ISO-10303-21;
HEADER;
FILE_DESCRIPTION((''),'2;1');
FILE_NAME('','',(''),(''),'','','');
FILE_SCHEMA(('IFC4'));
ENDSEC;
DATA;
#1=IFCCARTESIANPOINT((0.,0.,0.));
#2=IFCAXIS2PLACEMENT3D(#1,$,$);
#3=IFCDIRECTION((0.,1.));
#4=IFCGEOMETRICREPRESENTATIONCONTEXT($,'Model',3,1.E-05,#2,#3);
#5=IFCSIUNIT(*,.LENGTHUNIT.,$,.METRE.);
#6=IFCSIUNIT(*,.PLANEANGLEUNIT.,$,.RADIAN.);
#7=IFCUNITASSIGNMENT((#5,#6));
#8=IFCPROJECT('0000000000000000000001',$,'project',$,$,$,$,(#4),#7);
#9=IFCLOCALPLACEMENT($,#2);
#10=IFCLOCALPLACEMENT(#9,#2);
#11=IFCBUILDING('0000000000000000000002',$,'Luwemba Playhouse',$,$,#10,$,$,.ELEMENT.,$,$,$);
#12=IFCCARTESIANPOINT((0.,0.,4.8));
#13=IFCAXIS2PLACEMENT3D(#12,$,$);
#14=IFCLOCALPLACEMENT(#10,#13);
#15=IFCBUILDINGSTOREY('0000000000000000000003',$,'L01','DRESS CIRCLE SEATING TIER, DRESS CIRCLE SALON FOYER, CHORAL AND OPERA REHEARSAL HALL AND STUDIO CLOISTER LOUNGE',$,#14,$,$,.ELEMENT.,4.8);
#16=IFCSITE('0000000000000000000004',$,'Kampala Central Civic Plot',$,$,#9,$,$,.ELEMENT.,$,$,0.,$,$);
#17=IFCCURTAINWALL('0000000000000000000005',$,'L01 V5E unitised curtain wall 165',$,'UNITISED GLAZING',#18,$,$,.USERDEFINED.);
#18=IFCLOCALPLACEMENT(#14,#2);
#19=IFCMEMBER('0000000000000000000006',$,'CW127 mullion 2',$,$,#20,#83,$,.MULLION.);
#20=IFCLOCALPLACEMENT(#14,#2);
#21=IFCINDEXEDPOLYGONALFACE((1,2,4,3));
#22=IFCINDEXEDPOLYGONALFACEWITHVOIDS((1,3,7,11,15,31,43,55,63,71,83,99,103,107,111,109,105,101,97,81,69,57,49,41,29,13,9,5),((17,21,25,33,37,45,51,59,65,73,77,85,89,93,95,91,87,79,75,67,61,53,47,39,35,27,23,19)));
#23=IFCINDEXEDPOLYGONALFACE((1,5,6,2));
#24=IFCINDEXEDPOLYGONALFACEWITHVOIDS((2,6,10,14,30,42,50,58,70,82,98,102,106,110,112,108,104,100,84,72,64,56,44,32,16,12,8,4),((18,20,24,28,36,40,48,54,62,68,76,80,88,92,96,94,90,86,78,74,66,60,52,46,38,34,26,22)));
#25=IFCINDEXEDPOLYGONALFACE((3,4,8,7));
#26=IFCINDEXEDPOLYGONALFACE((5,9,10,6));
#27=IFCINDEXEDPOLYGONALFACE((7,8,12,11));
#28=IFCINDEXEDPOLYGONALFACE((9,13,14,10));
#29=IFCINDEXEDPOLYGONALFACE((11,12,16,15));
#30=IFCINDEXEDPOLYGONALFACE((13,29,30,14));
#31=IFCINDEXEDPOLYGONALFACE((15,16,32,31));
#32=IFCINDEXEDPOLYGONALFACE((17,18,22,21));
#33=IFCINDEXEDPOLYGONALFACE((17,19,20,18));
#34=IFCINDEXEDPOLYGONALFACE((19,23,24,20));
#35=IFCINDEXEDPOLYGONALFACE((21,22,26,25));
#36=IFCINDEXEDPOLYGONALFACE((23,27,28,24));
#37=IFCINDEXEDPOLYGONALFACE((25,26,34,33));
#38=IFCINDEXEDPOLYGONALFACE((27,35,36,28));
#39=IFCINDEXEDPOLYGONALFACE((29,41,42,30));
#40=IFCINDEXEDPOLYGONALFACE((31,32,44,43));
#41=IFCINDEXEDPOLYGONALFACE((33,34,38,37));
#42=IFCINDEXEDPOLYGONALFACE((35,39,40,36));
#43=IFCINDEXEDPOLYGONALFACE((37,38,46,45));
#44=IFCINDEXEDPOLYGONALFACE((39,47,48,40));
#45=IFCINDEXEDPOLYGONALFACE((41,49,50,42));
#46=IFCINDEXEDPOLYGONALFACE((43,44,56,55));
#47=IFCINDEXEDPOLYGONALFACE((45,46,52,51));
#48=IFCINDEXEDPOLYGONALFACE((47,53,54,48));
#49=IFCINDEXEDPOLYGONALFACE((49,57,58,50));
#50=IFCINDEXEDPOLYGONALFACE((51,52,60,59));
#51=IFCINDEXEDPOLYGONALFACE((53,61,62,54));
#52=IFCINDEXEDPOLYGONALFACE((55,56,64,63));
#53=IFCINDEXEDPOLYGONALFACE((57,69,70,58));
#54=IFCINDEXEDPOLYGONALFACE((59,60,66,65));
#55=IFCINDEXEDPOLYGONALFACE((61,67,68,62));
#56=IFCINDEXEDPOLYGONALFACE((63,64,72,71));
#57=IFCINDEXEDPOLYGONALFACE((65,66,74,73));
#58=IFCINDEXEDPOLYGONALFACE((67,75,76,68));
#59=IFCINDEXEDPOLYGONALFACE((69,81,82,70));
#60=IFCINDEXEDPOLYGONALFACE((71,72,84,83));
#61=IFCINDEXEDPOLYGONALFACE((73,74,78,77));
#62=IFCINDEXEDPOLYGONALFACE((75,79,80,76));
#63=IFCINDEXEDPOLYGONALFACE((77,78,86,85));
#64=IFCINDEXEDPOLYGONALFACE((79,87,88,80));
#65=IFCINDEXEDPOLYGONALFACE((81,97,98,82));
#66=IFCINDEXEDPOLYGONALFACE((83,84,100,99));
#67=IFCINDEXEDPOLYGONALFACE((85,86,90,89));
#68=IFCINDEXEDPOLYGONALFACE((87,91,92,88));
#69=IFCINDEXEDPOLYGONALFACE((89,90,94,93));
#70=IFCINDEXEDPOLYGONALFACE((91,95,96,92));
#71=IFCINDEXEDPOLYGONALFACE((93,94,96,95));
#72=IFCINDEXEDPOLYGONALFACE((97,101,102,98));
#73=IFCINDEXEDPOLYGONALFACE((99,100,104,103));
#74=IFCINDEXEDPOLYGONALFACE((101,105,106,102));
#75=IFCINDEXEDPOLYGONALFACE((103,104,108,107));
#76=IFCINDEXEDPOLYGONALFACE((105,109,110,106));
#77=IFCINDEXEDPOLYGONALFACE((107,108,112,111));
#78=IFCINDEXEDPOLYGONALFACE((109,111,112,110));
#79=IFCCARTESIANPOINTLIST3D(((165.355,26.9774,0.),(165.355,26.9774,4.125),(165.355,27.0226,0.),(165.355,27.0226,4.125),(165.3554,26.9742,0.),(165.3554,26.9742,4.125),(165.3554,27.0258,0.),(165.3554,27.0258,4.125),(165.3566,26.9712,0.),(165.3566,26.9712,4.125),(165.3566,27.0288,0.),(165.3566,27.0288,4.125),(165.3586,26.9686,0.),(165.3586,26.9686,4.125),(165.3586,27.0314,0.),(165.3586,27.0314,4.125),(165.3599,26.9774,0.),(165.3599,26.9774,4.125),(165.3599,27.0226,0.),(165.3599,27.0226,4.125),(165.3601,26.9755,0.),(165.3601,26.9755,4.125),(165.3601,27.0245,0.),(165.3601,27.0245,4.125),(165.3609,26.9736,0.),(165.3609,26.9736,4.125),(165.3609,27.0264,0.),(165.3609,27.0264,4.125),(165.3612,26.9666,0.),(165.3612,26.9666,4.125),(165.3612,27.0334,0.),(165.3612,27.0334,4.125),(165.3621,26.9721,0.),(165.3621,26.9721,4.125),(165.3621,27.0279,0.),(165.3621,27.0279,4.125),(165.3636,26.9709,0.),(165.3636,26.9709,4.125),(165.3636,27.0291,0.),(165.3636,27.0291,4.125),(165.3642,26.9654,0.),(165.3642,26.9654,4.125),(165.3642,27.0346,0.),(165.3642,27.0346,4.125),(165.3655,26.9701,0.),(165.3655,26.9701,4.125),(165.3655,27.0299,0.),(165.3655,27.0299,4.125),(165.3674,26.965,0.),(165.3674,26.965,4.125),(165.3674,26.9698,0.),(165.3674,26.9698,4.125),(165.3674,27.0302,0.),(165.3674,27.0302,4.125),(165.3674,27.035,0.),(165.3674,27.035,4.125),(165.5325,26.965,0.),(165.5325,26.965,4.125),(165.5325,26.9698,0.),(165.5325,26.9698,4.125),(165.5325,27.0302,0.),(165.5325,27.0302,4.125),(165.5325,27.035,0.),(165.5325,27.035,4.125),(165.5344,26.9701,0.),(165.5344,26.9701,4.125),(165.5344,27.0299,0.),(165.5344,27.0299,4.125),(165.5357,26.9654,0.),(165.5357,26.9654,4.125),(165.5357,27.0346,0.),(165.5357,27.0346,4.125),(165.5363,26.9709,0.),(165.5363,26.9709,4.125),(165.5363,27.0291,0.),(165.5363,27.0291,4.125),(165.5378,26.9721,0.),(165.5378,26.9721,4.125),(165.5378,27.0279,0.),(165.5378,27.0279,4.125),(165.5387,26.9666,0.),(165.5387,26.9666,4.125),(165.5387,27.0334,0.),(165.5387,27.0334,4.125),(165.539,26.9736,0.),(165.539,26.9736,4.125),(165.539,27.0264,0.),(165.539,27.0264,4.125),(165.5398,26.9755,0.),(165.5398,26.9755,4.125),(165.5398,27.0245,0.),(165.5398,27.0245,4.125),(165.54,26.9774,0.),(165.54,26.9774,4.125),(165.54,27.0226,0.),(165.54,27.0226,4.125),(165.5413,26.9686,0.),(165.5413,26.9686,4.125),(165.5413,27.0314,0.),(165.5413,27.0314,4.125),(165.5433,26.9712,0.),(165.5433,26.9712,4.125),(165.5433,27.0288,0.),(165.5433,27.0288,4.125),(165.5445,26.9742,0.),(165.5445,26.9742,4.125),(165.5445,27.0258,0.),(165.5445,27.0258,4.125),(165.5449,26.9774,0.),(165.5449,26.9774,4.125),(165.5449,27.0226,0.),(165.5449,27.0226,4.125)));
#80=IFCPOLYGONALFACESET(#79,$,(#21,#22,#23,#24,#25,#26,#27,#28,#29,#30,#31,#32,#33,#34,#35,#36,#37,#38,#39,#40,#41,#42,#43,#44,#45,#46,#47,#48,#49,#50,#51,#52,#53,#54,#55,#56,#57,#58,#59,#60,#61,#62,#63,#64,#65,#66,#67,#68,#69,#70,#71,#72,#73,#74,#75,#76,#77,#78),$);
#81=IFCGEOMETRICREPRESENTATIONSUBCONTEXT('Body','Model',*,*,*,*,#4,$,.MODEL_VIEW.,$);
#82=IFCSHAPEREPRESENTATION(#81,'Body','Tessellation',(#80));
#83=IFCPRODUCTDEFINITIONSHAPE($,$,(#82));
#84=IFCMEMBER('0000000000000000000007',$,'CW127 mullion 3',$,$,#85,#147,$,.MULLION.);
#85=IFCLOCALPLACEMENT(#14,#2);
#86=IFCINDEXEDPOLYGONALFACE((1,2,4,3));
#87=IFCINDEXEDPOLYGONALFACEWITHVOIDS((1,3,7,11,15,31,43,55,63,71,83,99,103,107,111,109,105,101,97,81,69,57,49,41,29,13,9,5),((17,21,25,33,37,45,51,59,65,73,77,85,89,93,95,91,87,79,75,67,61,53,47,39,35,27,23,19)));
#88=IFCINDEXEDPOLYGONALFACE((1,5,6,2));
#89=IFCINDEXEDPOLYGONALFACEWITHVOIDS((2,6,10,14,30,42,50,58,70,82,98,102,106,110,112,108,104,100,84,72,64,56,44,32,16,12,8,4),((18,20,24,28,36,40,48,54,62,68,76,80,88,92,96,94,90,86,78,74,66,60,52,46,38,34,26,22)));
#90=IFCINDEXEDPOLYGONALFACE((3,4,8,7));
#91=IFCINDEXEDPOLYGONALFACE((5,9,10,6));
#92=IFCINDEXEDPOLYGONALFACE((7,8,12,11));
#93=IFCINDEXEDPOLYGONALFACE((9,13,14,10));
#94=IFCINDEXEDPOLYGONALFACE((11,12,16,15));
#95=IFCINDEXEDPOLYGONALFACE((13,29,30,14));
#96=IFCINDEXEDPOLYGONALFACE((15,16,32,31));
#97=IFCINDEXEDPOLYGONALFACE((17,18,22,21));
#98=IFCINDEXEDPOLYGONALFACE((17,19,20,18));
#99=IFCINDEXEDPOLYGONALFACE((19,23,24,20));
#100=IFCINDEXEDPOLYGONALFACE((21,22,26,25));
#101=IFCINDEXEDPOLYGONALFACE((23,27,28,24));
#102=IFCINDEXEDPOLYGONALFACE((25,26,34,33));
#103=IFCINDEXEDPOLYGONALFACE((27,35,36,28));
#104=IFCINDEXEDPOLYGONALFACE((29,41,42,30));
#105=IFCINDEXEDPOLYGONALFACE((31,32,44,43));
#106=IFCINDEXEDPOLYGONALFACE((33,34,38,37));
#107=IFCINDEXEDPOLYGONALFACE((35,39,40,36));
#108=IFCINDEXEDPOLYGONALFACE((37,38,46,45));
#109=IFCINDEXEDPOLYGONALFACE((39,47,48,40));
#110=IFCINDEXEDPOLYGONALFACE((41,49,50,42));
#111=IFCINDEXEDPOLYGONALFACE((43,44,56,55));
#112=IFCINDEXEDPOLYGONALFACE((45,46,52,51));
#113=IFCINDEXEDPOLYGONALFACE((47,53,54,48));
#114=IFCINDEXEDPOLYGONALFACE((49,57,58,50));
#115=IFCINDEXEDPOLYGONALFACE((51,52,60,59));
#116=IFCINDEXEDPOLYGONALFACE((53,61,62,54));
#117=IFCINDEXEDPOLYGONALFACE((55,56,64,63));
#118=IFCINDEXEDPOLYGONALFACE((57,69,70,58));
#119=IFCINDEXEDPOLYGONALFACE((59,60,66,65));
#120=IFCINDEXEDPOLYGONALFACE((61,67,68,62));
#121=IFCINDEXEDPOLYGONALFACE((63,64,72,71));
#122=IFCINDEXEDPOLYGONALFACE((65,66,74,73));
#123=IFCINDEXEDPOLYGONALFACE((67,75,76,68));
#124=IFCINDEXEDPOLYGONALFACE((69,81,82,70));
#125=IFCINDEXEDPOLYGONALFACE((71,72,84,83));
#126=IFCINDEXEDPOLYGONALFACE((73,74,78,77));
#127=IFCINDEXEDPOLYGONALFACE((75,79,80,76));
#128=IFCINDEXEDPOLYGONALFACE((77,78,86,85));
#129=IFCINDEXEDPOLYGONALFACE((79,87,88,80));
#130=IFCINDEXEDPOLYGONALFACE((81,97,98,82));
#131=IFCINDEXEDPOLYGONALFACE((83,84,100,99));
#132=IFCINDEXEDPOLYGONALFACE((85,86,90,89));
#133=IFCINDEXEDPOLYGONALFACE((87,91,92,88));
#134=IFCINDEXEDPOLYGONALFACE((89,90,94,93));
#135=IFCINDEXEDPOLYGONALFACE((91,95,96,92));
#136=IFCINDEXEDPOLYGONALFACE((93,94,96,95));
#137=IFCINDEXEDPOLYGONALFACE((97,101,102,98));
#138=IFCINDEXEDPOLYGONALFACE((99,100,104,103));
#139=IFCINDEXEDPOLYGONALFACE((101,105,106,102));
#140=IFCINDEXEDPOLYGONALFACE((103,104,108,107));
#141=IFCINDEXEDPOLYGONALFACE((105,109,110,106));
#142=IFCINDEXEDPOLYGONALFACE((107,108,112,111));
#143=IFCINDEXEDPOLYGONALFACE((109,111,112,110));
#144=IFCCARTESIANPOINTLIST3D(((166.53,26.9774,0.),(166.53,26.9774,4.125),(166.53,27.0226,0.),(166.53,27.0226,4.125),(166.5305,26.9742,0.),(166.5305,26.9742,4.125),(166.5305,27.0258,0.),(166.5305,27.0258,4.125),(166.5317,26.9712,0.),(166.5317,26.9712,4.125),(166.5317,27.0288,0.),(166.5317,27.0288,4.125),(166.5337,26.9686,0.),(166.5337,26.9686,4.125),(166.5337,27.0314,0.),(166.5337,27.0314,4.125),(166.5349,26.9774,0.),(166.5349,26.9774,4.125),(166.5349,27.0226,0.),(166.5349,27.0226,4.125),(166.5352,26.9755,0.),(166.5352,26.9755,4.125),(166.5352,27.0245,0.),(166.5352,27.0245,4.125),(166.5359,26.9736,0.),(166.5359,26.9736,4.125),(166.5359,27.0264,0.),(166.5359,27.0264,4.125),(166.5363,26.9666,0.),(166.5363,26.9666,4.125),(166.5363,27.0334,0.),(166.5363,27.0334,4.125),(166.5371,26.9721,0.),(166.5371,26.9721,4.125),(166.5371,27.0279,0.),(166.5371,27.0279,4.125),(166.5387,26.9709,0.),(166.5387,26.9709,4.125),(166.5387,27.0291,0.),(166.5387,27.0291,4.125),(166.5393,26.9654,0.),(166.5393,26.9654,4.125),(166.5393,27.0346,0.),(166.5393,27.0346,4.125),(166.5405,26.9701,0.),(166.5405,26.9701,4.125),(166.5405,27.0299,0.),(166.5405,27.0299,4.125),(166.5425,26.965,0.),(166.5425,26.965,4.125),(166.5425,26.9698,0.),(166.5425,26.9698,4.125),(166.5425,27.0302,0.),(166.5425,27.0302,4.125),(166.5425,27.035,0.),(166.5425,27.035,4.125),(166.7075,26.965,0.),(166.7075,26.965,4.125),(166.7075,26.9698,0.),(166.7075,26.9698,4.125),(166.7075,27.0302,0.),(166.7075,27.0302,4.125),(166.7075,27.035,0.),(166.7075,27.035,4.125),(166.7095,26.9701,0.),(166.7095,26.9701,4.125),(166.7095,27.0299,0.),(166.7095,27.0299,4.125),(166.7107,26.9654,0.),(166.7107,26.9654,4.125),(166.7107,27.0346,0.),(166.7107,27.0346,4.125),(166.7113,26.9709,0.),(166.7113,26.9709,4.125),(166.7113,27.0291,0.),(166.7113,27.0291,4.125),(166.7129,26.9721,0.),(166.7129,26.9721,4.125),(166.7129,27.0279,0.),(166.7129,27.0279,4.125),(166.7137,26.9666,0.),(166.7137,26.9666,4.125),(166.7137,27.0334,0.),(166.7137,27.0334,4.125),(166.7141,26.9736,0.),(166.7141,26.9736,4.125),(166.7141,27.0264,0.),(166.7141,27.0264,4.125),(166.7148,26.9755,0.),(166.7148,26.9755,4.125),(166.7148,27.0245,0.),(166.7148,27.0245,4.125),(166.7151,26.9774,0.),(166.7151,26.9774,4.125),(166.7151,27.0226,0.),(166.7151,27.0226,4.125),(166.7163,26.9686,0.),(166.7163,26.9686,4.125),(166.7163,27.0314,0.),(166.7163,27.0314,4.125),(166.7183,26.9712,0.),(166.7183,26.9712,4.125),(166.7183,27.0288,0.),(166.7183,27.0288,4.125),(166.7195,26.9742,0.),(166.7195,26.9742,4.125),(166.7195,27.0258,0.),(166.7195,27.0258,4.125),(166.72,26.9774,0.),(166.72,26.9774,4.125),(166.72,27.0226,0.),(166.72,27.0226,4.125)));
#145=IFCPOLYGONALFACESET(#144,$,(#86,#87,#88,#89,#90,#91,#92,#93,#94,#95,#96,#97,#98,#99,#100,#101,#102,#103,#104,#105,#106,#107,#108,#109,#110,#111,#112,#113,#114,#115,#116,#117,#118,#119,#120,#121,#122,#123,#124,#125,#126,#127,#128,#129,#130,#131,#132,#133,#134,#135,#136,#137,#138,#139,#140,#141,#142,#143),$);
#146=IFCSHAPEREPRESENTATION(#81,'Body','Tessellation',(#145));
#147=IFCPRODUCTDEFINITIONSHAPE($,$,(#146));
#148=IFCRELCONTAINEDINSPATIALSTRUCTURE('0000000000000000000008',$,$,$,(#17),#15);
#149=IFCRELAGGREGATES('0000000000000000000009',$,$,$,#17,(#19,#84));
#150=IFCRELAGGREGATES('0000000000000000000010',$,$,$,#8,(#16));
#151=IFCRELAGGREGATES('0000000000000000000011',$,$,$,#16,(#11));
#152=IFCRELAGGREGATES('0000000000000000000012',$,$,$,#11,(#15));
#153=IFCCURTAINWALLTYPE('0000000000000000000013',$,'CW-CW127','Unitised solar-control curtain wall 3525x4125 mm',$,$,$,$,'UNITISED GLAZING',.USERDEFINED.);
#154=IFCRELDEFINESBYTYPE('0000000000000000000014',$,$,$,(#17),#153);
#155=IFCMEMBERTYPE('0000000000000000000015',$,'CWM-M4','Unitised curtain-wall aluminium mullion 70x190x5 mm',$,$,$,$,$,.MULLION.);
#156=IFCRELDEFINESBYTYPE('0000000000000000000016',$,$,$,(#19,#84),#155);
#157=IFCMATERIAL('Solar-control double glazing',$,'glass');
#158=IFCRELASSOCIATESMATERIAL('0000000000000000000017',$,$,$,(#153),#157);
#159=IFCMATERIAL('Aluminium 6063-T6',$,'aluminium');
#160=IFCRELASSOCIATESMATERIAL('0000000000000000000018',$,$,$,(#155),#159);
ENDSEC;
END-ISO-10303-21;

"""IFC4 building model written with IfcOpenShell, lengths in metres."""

from ifc_helpers import new_model, si_unit, direction, frame, origin, origin_2d, place, context, subcontext, project, spatial, hollow_rectangle, extrude, material, material_profile, profile_set, type_object, element, aggregate, save


model = new_model("IFC4")

# Units and contexts
model_context = context("Model", 3, precision=1e-05, world=origin(), true_north=direction((0.0, 1.0)))
body_context = subcontext(model_context, "Body", "Model", "MODEL_VIEW")
ifc_project = project(units=[si_unit("LENGTHUNIT", "METRE"), si_unit("PLANEANGLEUNIT", "RADIAN")], contexts=[model_context])

# Site, building, storey
site_placement = place(None, origin())
site = spatial("IfcSite", under=ifc_project, at=site_placement, Name="Kampala Central Civic Plot", CompositionType="ELEMENT", RefElevation=0.0)
building_placement = place(site_placement, origin())
building = spatial("IfcBuilding", under=site, at=building_placement, Name="Luwemba Playhouse", CompositionType="ELEMENT")
storey_placement = place(building_placement, frame((0.0, 0.0, 4.8)))
storey = spatial("IfcBuildingStorey", under=building, at=storey_placement, Name="L01", Description="DRESS CIRCLE SEATING TIER, DRESS CIRCLE SALON FOYER, CHORAL AND OPERA REHEARSAL HALL AND STUDIO CLOISTER LOUNGE", CompositionType="ELEMENT", Elevation=4.8)

# Curtain wall, members
ifc_material_1 = material(Name="Solar-control double glazing", Category="glass")
ifc_material_2 = material(Name="Aluminium 6063-T6", Category="aluminium")
curtain_wall_type_1 = type_object("IfcCurtainWallType", Name="CW-CW127", Description="Unitised solar-control curtain wall 3525x4125 mm", ElementType="UNITISED GLAZING", PredefinedType="USERDEFINED", material=ifc_material_1)
curtain_wall_1_placement = place(storey_placement, origin())
curtain_wall_1 = element("IfcCurtainWall", 1, at=curtain_wall_1_placement, inside=storey, type_object=curtain_wall_type_1, Name="L01 V5E unitised curtain wall 165", ObjectType="UNITISED GLAZING", PredefinedType="USERDEFINED")
ifc_material_profile_1 = material_profile(ifc_material_2, hollow_rectangle(XDim=0.0701, YDim=0.1899, WallThickness=0.0049, InnerFilletRadius=0.0076, OuterFilletRadius=0.0125, at=origin_2d()))
ifc_profile_set_1 = profile_set([ifc_material_profile_1], Name="Aluminium 6063-T6")
member_type_1 = type_object("IfcMemberType", Name="CWM-M4", Description="Unitised curtain-wall aluminium mullion 70x190x5 mm", PredefinedType="MULLION", material=ifc_profile_set_1)
member_1_placement = place(storey_placement, frame((165.45, 27.0, 0.0), z_axis=(0.0, 0.0, 1.0), x_axis=(0.0, 1.0, 0.0)))
member_1 = element("IfcMember", 2, at=member_1_placement, type_object=member_type_1, Name="CW127 mullion 2", PredefinedType="MULLION", context=body_context, shape_type="SweptSolid", body=[
    extrude(hollow_rectangle(XDim=0.0701, YDim=0.1899, WallThickness=0.0049, InnerFilletRadius=0.0076, OuterFilletRadius=0.0125, at=origin_2d()), origin(), (0.0, 0.0, 1.0), 4.125),
])
member_2_placement = place(storey_placement, frame((166.625, 27.0, 0.0), z_axis=(0.0, 0.0, 1.0), x_axis=(0.0, 1.0, 0.0)))
member_2 = element("IfcMember", 3, at=member_2_placement, type_object=member_type_1, Name="CW127 mullion 3", PredefinedType="MULLION", context=body_context, shape_type="SweptSolid", body=[
    extrude(hollow_rectangle(XDim=0.0701, YDim=0.1899, WallThickness=0.0049, InnerFilletRadius=0.0076, OuterFilletRadius=0.0125, at=origin_2d()), origin(), (0.0, 0.0, 1.0), 4.125),
])

aggregate(curtain_wall_1, [member_1, member_2])

save(model, "model.ifc")
